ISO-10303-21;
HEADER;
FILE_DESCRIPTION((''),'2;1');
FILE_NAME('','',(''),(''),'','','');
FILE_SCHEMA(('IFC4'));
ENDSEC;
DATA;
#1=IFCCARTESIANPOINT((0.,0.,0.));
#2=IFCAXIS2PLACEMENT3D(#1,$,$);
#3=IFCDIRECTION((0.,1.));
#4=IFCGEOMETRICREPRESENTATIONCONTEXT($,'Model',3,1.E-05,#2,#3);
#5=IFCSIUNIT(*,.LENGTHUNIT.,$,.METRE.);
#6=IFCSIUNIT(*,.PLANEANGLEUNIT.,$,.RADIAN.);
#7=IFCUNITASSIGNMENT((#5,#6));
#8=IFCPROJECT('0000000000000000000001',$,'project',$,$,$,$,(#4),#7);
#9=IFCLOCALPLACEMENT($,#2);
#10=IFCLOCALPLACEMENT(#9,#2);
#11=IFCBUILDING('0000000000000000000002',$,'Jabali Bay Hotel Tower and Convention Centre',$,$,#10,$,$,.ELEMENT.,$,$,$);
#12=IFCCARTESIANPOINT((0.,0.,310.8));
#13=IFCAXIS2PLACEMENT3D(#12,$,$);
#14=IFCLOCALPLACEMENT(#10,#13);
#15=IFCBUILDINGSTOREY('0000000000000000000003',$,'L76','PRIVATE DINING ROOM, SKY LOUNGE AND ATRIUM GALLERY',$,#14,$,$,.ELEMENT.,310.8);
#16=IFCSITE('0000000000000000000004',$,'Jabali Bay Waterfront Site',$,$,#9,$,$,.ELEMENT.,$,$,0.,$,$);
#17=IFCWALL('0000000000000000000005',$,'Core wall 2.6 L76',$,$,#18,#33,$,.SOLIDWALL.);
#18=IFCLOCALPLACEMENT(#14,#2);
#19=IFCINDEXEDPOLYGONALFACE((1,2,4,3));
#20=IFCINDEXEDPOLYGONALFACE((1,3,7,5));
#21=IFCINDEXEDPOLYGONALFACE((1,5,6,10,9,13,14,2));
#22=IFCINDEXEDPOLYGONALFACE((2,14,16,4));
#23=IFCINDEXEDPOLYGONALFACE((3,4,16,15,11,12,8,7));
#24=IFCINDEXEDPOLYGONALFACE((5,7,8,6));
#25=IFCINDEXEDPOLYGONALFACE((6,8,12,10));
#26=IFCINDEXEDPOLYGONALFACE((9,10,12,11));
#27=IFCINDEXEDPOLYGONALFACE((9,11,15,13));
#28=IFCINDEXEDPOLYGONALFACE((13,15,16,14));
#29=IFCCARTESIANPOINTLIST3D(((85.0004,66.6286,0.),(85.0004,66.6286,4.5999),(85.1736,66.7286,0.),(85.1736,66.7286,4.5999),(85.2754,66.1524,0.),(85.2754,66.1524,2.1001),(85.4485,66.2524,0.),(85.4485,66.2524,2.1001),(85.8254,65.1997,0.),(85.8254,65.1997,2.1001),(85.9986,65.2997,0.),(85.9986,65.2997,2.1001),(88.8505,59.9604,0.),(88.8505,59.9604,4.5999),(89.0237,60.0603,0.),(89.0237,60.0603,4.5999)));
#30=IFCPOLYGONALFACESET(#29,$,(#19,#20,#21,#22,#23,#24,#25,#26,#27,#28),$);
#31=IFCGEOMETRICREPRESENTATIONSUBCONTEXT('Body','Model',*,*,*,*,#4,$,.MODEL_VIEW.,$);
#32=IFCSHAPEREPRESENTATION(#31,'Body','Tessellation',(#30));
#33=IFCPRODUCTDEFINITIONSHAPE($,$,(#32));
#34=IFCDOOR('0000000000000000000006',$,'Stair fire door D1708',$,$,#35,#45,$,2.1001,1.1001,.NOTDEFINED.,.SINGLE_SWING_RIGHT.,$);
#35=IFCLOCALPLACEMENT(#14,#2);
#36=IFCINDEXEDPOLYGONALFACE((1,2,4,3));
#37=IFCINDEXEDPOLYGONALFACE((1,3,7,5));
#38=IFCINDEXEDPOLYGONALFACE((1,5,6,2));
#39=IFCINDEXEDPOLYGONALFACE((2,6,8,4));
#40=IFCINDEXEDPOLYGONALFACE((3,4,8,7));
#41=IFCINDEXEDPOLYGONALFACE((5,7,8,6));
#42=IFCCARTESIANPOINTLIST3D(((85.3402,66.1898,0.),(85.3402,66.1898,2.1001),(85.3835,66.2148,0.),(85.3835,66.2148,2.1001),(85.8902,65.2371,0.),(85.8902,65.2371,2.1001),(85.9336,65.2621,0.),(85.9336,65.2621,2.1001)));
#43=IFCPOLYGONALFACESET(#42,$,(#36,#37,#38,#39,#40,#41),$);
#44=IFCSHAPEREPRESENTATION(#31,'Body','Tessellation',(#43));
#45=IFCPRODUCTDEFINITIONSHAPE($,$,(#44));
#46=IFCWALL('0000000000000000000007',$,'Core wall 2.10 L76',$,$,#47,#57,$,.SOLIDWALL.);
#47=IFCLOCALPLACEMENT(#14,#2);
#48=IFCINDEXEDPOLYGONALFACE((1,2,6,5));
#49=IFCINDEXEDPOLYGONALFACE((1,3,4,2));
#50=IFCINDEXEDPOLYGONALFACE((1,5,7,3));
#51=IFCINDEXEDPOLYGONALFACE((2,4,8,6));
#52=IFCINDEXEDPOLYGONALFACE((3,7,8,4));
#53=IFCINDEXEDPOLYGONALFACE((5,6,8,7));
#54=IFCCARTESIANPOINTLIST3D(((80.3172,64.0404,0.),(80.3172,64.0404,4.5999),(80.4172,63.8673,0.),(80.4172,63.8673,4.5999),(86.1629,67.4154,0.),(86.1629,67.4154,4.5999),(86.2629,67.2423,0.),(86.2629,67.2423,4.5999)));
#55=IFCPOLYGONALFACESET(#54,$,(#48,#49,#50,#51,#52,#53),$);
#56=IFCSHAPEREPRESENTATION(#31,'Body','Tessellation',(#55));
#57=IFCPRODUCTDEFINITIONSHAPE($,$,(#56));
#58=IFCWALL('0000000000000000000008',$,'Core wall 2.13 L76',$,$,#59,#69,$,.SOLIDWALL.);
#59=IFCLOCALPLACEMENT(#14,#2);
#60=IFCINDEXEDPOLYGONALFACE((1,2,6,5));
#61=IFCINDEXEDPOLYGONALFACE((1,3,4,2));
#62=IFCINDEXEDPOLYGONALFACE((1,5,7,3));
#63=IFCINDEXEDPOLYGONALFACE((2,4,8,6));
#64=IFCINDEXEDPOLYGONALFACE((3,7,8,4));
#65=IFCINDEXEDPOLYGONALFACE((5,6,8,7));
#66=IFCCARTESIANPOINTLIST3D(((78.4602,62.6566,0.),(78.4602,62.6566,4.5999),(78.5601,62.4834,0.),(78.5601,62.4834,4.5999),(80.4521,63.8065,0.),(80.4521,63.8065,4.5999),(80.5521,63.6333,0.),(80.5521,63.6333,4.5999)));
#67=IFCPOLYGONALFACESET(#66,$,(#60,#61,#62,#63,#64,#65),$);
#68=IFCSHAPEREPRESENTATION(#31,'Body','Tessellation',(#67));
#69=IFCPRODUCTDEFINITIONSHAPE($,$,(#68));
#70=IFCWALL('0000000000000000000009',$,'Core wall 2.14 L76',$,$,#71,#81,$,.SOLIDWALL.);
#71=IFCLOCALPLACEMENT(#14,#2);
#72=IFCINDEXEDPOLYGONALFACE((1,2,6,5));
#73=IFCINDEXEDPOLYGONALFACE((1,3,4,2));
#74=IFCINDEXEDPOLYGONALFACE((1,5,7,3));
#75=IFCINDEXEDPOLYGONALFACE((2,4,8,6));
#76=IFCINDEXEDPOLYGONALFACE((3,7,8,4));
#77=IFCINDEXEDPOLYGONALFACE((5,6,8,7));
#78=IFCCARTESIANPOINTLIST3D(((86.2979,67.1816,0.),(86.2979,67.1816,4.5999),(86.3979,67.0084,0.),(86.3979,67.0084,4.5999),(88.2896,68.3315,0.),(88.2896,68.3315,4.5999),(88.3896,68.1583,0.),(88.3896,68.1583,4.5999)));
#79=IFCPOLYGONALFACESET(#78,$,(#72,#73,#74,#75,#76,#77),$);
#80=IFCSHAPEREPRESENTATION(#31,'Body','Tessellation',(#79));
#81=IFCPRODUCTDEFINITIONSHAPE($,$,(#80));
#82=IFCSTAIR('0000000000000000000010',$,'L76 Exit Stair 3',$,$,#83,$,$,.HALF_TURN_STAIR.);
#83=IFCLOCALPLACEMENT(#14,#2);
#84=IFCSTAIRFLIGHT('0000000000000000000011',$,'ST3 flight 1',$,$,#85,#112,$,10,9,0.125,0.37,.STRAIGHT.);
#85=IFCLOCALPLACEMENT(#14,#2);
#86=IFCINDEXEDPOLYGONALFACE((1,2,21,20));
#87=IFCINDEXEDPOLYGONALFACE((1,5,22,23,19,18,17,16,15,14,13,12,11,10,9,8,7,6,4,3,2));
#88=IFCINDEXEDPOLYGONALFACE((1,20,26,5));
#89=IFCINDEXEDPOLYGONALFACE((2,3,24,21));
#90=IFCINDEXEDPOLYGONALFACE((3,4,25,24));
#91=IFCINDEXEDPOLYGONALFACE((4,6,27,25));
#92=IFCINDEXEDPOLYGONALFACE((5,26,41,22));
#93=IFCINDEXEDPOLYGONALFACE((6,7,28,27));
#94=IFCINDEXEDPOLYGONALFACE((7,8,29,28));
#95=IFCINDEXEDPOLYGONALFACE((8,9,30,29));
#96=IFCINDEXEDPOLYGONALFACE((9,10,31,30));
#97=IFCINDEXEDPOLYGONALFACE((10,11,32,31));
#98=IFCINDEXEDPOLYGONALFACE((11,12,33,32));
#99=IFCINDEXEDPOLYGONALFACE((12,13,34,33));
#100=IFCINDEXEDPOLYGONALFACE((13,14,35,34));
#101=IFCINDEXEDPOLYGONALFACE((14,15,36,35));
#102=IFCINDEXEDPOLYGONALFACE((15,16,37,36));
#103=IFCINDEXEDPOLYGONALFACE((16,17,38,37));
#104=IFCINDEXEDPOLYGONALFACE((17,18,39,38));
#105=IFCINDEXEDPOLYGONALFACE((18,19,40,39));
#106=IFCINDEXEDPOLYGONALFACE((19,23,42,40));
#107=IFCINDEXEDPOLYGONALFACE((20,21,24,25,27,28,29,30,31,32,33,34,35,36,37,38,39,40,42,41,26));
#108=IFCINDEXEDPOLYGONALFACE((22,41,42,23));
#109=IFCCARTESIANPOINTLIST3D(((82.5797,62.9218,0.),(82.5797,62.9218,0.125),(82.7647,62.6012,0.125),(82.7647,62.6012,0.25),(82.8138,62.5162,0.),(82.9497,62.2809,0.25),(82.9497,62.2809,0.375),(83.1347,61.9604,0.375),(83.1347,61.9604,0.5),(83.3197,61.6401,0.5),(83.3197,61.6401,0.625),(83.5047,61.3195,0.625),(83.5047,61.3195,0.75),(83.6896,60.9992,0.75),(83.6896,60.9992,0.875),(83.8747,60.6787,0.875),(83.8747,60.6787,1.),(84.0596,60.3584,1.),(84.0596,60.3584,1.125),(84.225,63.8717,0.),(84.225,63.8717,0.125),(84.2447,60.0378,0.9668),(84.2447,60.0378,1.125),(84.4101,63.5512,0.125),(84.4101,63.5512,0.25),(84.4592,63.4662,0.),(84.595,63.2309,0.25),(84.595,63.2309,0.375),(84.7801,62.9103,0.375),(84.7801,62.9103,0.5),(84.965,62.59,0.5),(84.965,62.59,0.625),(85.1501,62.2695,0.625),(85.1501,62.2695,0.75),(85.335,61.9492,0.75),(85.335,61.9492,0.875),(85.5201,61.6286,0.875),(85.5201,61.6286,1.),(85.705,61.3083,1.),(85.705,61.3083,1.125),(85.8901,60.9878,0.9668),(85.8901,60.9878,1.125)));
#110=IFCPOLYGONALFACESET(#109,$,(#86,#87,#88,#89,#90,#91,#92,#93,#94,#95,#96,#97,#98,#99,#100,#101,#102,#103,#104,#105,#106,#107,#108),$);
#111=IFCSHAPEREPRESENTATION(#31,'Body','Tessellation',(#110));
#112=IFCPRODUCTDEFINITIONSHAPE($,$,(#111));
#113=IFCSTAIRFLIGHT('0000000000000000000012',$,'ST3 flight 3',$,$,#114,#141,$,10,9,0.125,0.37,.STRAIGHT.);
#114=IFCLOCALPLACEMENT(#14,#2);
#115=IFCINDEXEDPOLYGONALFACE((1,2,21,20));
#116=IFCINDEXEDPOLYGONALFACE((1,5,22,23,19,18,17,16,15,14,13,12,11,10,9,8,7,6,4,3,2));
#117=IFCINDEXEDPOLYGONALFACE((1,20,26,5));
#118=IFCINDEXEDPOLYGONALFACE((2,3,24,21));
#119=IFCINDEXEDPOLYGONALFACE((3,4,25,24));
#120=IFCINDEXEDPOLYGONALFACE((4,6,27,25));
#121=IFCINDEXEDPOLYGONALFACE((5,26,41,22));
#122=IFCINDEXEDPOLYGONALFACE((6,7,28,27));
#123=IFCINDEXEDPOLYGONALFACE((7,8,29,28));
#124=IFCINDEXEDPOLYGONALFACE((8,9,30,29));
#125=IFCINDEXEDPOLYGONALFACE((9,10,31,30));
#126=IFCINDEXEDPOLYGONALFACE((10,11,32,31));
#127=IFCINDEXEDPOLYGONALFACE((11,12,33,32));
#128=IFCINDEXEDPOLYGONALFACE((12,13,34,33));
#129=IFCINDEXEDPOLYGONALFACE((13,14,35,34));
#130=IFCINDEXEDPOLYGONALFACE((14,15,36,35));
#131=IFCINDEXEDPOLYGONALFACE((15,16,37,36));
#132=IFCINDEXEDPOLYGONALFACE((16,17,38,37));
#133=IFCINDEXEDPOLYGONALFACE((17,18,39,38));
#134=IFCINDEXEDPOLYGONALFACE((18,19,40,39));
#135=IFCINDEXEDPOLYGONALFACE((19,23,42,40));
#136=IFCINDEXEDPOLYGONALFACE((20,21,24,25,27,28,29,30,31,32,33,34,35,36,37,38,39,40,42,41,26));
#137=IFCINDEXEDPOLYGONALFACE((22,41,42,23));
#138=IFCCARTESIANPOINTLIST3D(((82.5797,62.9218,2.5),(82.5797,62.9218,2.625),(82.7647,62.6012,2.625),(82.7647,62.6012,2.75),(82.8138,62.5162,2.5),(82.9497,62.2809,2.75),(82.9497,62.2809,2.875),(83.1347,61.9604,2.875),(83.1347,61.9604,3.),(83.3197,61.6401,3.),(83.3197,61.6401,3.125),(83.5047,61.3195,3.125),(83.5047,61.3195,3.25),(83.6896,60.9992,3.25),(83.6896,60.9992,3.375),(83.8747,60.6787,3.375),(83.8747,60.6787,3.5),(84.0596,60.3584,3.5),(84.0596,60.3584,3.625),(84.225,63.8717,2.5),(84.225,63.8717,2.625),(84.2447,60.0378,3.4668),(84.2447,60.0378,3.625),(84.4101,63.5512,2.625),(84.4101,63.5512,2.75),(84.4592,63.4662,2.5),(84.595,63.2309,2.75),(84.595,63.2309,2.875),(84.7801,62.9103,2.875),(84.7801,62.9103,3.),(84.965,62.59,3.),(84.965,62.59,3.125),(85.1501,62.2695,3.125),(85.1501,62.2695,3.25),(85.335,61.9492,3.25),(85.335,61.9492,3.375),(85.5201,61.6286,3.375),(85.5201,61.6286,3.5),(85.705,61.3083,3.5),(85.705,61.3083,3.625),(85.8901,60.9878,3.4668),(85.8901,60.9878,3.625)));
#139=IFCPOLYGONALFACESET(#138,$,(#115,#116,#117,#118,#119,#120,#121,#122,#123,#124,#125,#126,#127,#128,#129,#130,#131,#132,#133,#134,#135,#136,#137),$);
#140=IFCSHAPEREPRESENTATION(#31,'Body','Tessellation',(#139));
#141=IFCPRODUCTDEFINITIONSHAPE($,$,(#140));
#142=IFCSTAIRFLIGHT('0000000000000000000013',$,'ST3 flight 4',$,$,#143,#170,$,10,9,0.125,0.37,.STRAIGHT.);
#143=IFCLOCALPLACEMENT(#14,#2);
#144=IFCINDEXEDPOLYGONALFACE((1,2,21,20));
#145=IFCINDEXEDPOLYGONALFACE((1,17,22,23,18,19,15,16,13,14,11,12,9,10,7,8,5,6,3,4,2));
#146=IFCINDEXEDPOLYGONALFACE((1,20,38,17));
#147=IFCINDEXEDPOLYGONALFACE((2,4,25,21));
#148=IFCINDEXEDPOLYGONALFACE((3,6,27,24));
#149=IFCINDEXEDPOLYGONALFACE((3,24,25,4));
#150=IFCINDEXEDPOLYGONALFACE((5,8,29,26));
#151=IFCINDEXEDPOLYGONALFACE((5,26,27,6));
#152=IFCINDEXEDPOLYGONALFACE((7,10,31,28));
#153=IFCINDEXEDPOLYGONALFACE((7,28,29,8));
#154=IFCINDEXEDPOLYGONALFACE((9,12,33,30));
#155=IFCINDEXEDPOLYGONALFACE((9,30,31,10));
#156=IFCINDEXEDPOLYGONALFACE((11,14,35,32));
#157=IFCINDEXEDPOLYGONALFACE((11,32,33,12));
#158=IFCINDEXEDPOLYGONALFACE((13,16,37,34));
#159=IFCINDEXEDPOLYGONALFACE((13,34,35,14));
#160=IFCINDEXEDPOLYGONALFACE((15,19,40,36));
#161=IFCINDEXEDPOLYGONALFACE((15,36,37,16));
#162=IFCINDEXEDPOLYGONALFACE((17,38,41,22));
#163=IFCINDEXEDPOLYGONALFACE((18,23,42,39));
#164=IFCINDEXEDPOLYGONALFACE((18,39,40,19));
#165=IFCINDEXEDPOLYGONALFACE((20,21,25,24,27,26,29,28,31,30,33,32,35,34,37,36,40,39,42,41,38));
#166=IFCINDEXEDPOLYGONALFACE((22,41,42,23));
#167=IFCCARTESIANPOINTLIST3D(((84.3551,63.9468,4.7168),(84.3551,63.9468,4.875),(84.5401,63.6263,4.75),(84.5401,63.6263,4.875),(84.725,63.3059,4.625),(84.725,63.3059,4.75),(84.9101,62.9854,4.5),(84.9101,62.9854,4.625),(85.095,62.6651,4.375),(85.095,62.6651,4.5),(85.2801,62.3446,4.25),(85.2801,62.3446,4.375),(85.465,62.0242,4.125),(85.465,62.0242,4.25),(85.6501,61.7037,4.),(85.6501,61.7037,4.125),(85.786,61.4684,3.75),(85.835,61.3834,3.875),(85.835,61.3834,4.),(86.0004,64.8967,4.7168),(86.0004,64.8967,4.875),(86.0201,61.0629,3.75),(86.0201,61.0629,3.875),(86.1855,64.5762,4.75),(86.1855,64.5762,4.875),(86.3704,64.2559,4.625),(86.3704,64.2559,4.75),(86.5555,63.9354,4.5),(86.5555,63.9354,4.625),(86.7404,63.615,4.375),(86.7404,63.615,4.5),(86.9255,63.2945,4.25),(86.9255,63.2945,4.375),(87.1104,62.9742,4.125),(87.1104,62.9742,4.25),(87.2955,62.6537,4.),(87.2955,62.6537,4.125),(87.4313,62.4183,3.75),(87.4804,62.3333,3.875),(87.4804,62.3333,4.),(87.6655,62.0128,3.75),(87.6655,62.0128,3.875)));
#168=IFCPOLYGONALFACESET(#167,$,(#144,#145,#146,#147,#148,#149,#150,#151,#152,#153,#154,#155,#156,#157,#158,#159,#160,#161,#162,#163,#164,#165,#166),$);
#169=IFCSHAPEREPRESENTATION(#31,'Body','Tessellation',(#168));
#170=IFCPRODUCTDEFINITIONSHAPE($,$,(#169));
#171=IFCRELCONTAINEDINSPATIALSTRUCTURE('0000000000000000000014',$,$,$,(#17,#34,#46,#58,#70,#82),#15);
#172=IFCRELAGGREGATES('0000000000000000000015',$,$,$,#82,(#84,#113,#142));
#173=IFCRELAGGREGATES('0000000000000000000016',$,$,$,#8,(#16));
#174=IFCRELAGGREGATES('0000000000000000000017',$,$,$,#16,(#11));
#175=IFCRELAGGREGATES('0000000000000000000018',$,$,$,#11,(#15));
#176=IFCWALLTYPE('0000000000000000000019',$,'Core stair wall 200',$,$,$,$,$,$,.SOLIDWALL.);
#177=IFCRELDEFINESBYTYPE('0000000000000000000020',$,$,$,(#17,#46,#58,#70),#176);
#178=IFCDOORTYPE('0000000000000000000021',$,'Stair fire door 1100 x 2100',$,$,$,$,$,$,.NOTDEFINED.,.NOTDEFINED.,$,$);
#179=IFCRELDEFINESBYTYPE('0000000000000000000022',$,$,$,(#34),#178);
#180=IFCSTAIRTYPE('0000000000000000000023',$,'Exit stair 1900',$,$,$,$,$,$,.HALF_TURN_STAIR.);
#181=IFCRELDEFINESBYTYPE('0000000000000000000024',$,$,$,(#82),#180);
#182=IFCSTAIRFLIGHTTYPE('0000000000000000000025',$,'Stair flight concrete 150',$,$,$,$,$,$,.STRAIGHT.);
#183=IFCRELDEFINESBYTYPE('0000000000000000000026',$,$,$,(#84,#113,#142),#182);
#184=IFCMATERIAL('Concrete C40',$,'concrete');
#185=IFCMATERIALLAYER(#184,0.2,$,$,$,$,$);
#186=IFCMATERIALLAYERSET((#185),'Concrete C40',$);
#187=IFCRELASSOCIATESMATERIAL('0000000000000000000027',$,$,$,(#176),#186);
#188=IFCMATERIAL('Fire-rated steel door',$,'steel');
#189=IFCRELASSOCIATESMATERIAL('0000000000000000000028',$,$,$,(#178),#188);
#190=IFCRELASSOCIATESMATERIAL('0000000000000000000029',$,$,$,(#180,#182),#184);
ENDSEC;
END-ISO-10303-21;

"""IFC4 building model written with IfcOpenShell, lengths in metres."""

from ifc_helpers import new_model, si_unit, direction, frame, frame_2d, origin, place, context, subcontext, project, spatial, polyline, rectangle, outline, extrude, material, layer, layer_set, type_object, element, fill, aggregate, save


model = new_model("IFC4")

# Units and contexts
model_context = context("Model", 3, precision=1e-05, world=origin(), true_north=direction((0.0, 1.0)))
body_context = subcontext(model_context, "Body", "Model", "MODEL_VIEW")
ifc_project = project(units=[si_unit("LENGTHUNIT", "METRE"), si_unit("PLANEANGLEUNIT", "RADIAN")], contexts=[model_context])

# Site, building, storey
site_placement = place(None, origin())
site = spatial("IfcSite", under=ifc_project, at=site_placement, Name="Jabali Bay Waterfront Site", CompositionType="ELEMENT", RefElevation=0.0)
building_placement = place(site_placement, origin())
building = spatial("IfcBuilding", under=site, at=building_placement, Name="Jabali Bay Hotel Tower and Convention Centre", CompositionType="ELEMENT")
storey_placement = place(building_placement, frame((0.0, 0.0, 310.8)))
storey = spatial("IfcBuildingStorey", under=building, at=storey_placement, Name="L76", Description="PRIVATE DINING ROOM, SKY LOUNGE AND ATRIUM GALLERY", CompositionType="ELEMENT", Elevation=310.8)

# Shared definitions
ifc_material_1 = material(Name="Concrete C40", Category="concrete")
ifc_layer_1 = layer(ifc_material_1, 0.2)
ifc_layer_set_1 = layer_set([ifc_layer_1], Name="Concrete C40")
wall_type = type_object("IfcWallType", Name="Core stair wall 200", PredefinedType="SOLIDWALL", material=ifc_layer_set_1)

# Wall, opening, door
wall_1_placement = place(storey_placement, frame((85.0869, 66.6787, 0.0), z_axis=(0.0, 0.0, 1.0), x_axis=(0.50002, -0.866014, 0.0)))
wall_1 = element("IfcWall", 1, at=wall_1_placement, inside=storey, type_object=wall_type, Name="Core wall 2.6 L76", PredefinedType="SOLIDWALL", context=body_context, shape_type="SweptSolid", body=[
    extrude(rectangle(XDim=7.7, YDim=0.2, at=frame_2d((3.8501, 0.0))), origin(), (0.0, 0.0, 1.0), 4.5999),
])
opening_placement = place(wall_1_placement, frame((0.55, 0.0, 0.0)))
opening = element("IfcOpeningElement", 2, at=opening_placement, cuts=wall_1, PredefinedType="OPENING", context=body_context, shape_type="SweptSolid", body=[
    extrude(rectangle(XDim=1.1001, YDim=2.1001, at=frame_2d((0.55, 1.05))), frame((0.0, 0.1104, 0.0), z_axis=(0.0, -1.0, 0.0), x_axis=(1.0, 0.0, 0.0)), (0.0, 0.0, 1.0), 0.2209),
])
ifc_material_2 = material(Name="Fire-rated steel door", Category="steel")
door_type = type_object("IfcDoorType", Name="Stair fire door 1100 x 2100", OperationType="NOTDEFINED", PredefinedType="NOTDEFINED", material=ifc_material_2)
door_placement = place(opening_placement, origin())
door = element("IfcDoor", 3, at=door_placement, inside=storey, type_object=door_type, Name="Stair fire door D1708", OperationType="SINGLE_SWING_RIGHT", OverallHeight=2.1001, OverallWidth=1.1001, PredefinedType="NOTDEFINED", context=body_context, shape_type="SweptSolid", body=[
    extrude(rectangle(XDim=1.1001, YDim=2.1001, at=frame_2d((0.55, 1.05))), frame((0.0, 0.0249, 0.0), z_axis=(0.0, -1.0, 0.0), x_axis=(1.0, 0.0, 0.0)), (0.0, 0.0, 1.0), 0.05),
])
fill(opening, door)

# Walls
wall_2_placement = place(storey_placement, frame((80.3672, 63.9539, 0.0), z_axis=(0.0, 0.0, 1.0), x_axis=(0.866027, 0.499998, 0.0)))
element("IfcWall", 4, at=wall_2_placement, inside=storey, type_object=wall_type, Name="Core wall 2.10 L76", PredefinedType="SOLIDWALL", context=body_context, shape_type="SweptSolid", body=[
    extrude(rectangle(XDim=6.75, YDim=0.2, at=frame_2d((3.375, 0.0))), origin(), (0.0, 0.0, 1.0), 4.5999),
])
wall_3_placement = place(storey_placement, frame((78.5103, 62.5701, 0.0), z_axis=(0.0, 0.0, 1.0), x_axis=(0.866053, 0.499952, 0.0)))
element("IfcWall", 5, at=wall_3_placement, inside=storey, type_object=wall_type, Name="Core wall 2.13 L76", PredefinedType="SOLIDWALL", context=body_context, shape_type="SweptSolid", body=[
    extrude(rectangle(XDim=2.3, YDim=0.2, at=frame_2d((1.1499, 0.0))), origin(), (0.0, 0.0, 1.0), 4.5999),
])
wall_4_placement = place(storey_placement, frame((86.3479, 67.095, 0.0), z_axis=(0.0, 0.0, 1.0), x_axis=(0.866026, 0.499998, 0.0)))
element("IfcWall", 6, at=wall_4_placement, inside=storey, type_object=wall_type, Name="Core wall 2.14 L76", PredefinedType="SOLIDWALL", context=body_context, shape_type="SweptSolid", body=[
    extrude(rectangle(XDim=2.2998, YDim=0.2, at=frame_2d((1.1499, 0.0))), origin(), (0.0, 0.0, 1.0), 4.5999),
])

# Stair, stair flights
stair_type = type_object("IfcStairType", Name="Exit stair 1900", PredefinedType="HALF_TURN_STAIR", material=ifc_material_1)
stair_placement = place(storey_placement, origin())
stair = element("IfcStair", 7, at=stair_placement, inside=storey, type_object=stair_type, Name="L76 Exit Stair 3", PredefinedType="HALF_TURN_STAIR")
stair_flight_type = type_object("IfcStairFlightType", Name="Stair flight concrete 150", PredefinedType="STRAIGHT", material=ifc_material_1)
stair_flight_1_placement = place(storey_placement, frame((83.4023, 63.3967, 0.0), z_axis=(0.0, 0.0, 1.0), x_axis=(0.5, -0.866025, 0.0)))
stair_flight_1 = element("IfcStairFlight", 8, at=stair_flight_1_placement, type_object=stair_flight_type, Name="ST3 flight 1", NumberOfRisers=10, NumberOfTreads=9, PredefinedType="STRAIGHT", RiserHeight=0.125, TreadLength=0.37, context=body_context, shape_type="SweptSolid", body=[
    extrude(outline(polyline([(0.0, 0.0), (0.0, 0.125), (0.3701, 0.125), (0.3701, 0.25), (0.74, 0.25), (0.74, 0.375), (1.1101, 0.375), (1.1101, 0.5), (1.48, 0.5), (1.48, 0.625), (1.8501, 0.625), (1.8501, 0.75), (2.22, 0.75), (2.22, 0.875), (2.5901, 0.875), (2.5901, 1.0), (2.96, 1.0), (2.96, 1.125), (3.3301, 1.125), (3.3301, 1.25), (3.3301, 0.9668), (0.4683, 0.0), (0.0, 0.0)])), frame((0.0, 0.95, 0.0), z_axis=(0.0, -1.0, 0.0), x_axis=(1.0, 0.0, 0.0)), (0.0, 0.0, 1.0), 1.8999),
])
stair_flight_2_placement = place(storey_placement, frame((83.4023, 63.3967, 2.5), z_axis=(0.0, 0.0, 1.0), x_axis=(0.5, -0.866025, 0.0)))
stair_flight_2 = element("IfcStairFlight", 9, at=stair_flight_2_placement, type_object=stair_flight_type, Name="ST3 flight 3", NumberOfRisers=10, NumberOfTreads=9, PredefinedType="STRAIGHT", RiserHeight=0.125, TreadLength=0.37, context=body_context, shape_type="SweptSolid", body=[
    extrude(outline(polyline([(0.0, 0.0), (0.0, 0.125), (0.3701, 0.125), (0.3701, 0.25), (0.74, 0.25), (0.74, 0.375), (1.1101, 0.375), (1.1101, 0.5), (1.48, 0.5), (1.48, 0.625), (1.8501, 0.625), (1.8501, 0.75), (2.22, 0.75), (2.22, 0.875), (2.5901, 0.875), (2.5901, 1.0), (2.96, 1.0), (2.96, 1.125), (3.3301, 1.125), (3.3301, 1.25), (3.3301, 0.9668), (0.4683, 0.0), (0.0, 0.0)])), frame((0.0, 0.95, 0.0), z_axis=(0.0, -1.0, 0.0), x_axis=(1.0, 0.0, 0.0)), (0.0, 0.0, 1.0), 1.8999),
])
stair_flight_3_placement = place(storey_placement, frame((86.8428, 61.5378, 3.75), z_axis=(0.0, 0.0, 1.0), x_axis=(-0.5, 0.866025, 0.0)))
stair_flight_3 = element("IfcStairFlight", 10, at=stair_flight_3_placement, type_object=stair_flight_type, Name="ST3 flight 4", NumberOfRisers=10, NumberOfTreads=9, PredefinedType="STRAIGHT", RiserHeight=0.125, TreadLength=0.37, context=body_context, shape_type="SweptSolid", body=[
    extrude(outline(polyline([(0.0, 0.0), (0.0, 0.125), (0.3701, 0.125), (0.3701, 0.25), (0.74, 0.25), (0.74, 0.375), (1.1101, 0.375), (1.1101, 0.5), (1.48, 0.5), (1.48, 0.625), (1.8501, 0.625), (1.8501, 0.75), (2.22, 0.75), (2.22, 0.875), (2.5901, 0.875), (2.5901, 1.0), (2.96, 1.0), (2.96, 1.125), (3.3301, 1.125), (3.3301, 1.25), (3.3301, 0.9668), (0.4683, 0.0), (0.0, 0.0)])), frame((0.0, 0.95, 0.0), z_axis=(0.0, -1.0, 0.0), x_axis=(1.0, 0.0, 0.0)), (0.0, 0.0, 1.0), 1.8999),
])
aggregate(stair, [stair_flight_1, stair_flight_2, stair_flight_3])

save(model, "model.ifc")
